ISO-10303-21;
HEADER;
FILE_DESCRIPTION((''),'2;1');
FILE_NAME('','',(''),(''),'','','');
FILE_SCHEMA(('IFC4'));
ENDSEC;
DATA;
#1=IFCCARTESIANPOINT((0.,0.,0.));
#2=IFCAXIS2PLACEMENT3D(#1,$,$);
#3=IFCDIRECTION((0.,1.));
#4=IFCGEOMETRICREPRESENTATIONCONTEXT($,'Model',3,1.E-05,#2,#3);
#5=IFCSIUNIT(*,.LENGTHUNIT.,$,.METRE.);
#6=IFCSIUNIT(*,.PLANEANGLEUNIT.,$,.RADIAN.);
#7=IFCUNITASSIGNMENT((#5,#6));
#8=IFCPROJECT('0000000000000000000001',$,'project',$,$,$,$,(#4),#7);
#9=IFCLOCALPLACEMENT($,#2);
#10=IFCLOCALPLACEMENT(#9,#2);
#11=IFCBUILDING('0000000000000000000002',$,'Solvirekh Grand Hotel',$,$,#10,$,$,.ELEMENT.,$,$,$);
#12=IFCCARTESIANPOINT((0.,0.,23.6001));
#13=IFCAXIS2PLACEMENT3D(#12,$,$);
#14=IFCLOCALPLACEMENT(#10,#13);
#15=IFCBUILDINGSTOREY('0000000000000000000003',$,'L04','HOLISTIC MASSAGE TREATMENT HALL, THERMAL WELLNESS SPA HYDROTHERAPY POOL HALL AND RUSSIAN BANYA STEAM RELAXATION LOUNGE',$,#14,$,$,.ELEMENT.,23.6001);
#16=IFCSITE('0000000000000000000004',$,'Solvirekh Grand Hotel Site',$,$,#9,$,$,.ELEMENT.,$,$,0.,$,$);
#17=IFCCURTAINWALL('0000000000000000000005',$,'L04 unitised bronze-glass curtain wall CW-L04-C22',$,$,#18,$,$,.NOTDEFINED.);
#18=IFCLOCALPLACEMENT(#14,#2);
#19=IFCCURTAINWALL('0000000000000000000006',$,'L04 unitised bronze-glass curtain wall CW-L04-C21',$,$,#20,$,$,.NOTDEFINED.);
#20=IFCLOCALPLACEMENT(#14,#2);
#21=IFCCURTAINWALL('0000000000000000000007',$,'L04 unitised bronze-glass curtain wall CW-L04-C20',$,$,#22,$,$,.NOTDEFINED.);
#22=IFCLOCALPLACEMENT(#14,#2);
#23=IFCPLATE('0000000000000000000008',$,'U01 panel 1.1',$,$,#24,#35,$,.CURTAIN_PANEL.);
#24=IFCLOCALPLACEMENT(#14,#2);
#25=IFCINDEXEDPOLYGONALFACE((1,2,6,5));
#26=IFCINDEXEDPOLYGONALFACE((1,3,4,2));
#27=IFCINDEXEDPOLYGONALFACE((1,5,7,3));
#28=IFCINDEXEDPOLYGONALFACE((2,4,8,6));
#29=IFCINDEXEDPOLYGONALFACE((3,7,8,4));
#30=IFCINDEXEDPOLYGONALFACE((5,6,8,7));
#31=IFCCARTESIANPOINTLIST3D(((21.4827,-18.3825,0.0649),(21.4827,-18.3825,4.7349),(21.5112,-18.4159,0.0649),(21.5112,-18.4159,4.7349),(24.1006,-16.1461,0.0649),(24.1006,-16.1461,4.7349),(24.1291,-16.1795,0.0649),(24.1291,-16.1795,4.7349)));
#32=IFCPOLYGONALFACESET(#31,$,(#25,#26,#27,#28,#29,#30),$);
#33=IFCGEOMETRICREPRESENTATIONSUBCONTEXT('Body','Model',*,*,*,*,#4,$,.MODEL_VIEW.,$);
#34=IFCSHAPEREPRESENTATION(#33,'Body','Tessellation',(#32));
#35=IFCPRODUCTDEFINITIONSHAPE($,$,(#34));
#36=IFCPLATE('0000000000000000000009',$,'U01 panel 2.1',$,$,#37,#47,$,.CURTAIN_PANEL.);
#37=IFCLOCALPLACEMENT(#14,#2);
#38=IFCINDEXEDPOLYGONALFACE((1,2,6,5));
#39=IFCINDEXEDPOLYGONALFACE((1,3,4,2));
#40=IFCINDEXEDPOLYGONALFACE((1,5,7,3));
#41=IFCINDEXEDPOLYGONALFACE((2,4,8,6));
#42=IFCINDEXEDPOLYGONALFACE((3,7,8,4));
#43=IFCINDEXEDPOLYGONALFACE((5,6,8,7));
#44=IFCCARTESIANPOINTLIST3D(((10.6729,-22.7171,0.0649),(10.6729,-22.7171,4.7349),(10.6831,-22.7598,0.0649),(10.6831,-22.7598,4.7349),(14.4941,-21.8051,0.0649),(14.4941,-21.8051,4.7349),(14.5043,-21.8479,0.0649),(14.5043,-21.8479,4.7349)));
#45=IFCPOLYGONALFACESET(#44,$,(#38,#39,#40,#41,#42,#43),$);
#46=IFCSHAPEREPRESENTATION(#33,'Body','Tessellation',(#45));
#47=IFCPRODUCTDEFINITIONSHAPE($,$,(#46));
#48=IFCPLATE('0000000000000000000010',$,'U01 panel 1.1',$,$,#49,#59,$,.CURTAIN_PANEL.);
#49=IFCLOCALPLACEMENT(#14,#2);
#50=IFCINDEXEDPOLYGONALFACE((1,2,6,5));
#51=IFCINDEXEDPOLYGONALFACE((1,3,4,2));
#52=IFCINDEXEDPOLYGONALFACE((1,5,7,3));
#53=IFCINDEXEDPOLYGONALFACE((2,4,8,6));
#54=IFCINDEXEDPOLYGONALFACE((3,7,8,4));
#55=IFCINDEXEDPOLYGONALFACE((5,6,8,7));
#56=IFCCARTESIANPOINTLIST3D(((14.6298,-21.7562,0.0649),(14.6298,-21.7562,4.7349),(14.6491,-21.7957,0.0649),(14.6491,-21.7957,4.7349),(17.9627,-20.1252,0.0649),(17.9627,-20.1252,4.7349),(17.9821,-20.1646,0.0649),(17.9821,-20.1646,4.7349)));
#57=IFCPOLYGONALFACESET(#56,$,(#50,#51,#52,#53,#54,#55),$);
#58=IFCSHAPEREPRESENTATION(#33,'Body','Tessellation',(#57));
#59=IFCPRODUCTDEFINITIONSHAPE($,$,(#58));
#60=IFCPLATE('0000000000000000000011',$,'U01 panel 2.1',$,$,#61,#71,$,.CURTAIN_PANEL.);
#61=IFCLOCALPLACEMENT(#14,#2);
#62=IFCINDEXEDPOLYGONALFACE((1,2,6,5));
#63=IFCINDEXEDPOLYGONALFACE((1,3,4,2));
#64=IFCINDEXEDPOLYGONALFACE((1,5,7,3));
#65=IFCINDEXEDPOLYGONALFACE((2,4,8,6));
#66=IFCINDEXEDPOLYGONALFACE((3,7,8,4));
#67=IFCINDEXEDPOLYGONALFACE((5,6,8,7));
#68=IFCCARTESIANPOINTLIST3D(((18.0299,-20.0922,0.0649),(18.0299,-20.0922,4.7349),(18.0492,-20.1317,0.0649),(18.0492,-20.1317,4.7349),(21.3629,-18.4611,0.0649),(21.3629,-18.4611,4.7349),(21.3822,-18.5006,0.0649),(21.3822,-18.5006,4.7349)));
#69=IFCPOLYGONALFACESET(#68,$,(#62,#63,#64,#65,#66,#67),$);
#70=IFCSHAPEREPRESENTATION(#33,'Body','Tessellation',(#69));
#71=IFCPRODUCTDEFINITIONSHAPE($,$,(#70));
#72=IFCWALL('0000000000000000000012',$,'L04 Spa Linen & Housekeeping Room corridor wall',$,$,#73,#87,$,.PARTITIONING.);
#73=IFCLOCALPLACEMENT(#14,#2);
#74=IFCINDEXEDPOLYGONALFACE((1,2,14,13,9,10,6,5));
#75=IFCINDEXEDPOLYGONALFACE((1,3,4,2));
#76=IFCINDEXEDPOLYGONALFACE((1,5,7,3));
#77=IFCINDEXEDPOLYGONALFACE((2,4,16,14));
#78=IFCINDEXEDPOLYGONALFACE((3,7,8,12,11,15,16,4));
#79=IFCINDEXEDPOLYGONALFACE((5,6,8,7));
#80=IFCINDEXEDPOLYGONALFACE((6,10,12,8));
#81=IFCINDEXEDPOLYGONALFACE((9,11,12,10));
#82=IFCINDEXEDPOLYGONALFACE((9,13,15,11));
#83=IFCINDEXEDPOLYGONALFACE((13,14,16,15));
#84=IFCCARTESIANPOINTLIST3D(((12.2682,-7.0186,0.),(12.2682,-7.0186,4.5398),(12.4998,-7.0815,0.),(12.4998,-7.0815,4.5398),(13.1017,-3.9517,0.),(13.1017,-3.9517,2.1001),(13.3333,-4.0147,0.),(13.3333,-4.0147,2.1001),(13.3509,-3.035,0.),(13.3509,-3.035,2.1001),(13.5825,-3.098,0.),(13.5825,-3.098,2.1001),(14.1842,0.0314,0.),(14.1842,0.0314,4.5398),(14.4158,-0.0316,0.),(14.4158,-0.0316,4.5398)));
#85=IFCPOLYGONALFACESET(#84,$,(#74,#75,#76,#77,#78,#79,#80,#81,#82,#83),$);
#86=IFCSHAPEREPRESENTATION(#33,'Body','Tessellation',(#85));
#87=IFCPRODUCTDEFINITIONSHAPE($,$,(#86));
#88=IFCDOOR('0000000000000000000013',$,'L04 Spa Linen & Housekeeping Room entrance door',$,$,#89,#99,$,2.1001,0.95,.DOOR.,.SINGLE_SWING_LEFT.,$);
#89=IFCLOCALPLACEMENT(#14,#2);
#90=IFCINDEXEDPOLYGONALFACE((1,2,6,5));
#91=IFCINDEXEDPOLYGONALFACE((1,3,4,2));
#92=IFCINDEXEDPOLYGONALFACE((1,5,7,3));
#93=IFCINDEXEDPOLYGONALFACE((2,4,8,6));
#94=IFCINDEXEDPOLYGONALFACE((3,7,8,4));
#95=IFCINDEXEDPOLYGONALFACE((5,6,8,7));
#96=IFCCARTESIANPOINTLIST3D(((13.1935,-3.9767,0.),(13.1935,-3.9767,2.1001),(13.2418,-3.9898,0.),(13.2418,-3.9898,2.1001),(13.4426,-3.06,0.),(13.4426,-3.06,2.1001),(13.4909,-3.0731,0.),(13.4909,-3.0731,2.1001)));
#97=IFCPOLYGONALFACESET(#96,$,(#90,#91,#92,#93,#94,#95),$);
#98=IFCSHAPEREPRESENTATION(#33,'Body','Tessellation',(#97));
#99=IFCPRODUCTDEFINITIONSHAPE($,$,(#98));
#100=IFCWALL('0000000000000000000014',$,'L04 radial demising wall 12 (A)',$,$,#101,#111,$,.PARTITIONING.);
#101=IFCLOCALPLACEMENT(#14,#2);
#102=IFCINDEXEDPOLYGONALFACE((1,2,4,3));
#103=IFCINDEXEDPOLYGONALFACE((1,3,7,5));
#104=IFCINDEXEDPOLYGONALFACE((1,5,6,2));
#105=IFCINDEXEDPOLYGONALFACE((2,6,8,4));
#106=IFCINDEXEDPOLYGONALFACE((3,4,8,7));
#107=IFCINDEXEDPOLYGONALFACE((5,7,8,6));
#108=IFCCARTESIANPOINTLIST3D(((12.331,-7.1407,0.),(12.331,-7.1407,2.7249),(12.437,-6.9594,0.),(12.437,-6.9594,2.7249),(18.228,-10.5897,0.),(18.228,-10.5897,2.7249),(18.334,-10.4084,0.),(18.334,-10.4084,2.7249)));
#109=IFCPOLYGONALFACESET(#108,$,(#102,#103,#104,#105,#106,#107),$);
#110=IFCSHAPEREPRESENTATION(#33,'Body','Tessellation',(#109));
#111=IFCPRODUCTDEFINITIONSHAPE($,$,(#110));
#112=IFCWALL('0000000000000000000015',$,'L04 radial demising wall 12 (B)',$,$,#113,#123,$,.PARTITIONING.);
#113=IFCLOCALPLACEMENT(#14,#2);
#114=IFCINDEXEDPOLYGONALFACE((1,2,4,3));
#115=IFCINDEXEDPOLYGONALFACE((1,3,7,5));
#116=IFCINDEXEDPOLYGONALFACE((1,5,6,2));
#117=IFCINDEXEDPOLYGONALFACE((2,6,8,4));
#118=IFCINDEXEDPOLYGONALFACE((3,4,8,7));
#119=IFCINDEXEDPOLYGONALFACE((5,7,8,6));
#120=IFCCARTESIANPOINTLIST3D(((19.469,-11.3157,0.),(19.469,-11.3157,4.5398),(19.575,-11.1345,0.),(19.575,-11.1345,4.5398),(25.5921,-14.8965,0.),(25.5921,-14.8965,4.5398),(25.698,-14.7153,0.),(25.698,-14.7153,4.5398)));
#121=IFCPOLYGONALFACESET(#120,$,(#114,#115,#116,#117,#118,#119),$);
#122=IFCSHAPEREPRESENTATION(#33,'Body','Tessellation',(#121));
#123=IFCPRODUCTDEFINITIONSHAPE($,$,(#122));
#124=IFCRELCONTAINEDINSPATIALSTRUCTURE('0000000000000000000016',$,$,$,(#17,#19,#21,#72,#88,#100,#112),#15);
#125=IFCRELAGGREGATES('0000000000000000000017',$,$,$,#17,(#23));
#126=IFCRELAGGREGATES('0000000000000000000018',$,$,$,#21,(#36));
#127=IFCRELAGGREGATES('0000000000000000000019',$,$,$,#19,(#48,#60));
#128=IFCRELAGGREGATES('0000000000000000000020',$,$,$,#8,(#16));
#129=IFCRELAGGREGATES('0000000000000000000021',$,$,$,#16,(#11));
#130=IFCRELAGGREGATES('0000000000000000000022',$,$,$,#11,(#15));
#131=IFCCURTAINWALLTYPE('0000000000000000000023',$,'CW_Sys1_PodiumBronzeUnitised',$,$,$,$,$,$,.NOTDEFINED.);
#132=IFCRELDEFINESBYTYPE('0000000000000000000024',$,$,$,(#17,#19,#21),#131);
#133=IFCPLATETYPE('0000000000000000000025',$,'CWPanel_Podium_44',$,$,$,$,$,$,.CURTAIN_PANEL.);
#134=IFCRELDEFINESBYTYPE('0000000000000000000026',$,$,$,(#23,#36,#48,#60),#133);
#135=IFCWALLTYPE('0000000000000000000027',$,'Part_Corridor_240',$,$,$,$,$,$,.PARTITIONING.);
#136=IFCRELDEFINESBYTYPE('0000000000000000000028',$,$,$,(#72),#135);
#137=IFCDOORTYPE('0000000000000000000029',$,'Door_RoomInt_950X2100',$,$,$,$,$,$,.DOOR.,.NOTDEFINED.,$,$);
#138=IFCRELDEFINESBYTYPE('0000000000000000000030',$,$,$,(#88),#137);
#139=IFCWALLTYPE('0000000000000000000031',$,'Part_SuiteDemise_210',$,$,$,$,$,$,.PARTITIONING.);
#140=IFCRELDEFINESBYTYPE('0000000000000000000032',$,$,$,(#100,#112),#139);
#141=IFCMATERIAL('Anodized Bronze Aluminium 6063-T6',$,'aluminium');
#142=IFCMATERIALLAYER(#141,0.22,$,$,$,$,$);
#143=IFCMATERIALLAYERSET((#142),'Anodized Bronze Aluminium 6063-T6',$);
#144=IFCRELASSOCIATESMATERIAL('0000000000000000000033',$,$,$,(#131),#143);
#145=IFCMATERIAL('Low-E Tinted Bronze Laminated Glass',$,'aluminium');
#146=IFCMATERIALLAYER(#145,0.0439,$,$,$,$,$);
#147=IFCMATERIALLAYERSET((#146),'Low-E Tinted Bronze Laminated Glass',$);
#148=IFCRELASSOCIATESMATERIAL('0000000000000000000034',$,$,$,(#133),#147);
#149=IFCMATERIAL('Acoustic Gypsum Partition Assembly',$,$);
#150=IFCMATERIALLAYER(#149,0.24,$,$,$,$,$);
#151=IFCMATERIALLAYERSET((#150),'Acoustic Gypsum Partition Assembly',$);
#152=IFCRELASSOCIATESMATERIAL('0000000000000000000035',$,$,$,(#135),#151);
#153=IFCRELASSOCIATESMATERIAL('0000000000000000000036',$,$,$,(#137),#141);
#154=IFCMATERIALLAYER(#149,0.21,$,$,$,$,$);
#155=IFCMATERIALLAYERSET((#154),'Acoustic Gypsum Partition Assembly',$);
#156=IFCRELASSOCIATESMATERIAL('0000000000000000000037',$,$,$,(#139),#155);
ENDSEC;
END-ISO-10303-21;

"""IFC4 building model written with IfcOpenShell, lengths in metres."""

from ifc_helpers import new_model, si_unit, direction, frame, frame_2d, origin, origin_2d, place, context, subcontext, project, spatial, rectangle, extrude, source, transform, mapped, material, layer, layer_set, type_object, element, fill, aggregate, save


model = new_model("IFC4")

# Units and contexts
model_context = context("Model", 3, precision=1e-05, world=origin(), true_north=direction((0.0, 1.0)))
body_context = subcontext(model_context, "Body", "Model", "MODEL_VIEW")
ifc_project = project(units=[si_unit("LENGTHUNIT", "METRE"), si_unit("PLANEANGLEUNIT", "RADIAN")], contexts=[model_context])

# Site, building, storey
site_placement = place(None, origin())
site = spatial("IfcSite", under=ifc_project, at=site_placement, Name="Solvirekh Grand Hotel Site", CompositionType="ELEMENT", RefElevation=0.0)
building_placement = place(site_placement, origin())
building = spatial("IfcBuilding", under=site, at=building_placement, Name="Solvirekh Grand Hotel", CompositionType="ELEMENT")
storey_placement = place(building_placement, frame((0.0, 0.0, 23.6001)))
storey = spatial("IfcBuildingStorey", under=building, at=storey_placement, Name="L04", Description="HOLISTIC MASSAGE TREATMENT HALL, THERMAL WELLNESS SPA HYDROTHERAPY POOL HALL AND RUSSIAN BANYA STEAM RELAXATION LOUNGE", CompositionType="ELEMENT", Elevation=23.6001)

# Curtain walls
ifc_material_1 = material(Name="Anodized Bronze Aluminium 6063-T6", Category="aluminium")
ifc_layer_1 = layer(ifc_material_1, 0.22)
ifc_layer_set_1 = layer_set([ifc_layer_1], Name="Anodized Bronze Aluminium 6063-T6")
curtain_wall_type = type_object("IfcCurtainWallType", Name="CW_Sys1_PodiumBronzeUnitised", PredefinedType="NOTDEFINED", material=ifc_layer_set_1)
curtain_wall_1_placement = place(storey_placement, origin())
curtain_wall_1 = element("IfcCurtainWall", 1, at=curtain_wall_1_placement, inside=storey, type_object=curtain_wall_type, Name="L04 unitised bronze-glass curtain wall CW-L04-C22", PredefinedType="NOTDEFINED")
curtain_wall_2_placement = place(storey_placement, origin())
curtain_wall_2 = element("IfcCurtainWall", 2, at=curtain_wall_2_placement, inside=storey, type_object=curtain_wall_type, Name="L04 unitised bronze-glass curtain wall CW-L04-C21", PredefinedType="NOTDEFINED")

# Curtain wall
curtain_wall_3_placement = place(storey_placement, origin())
curtain_wall_3 = element("IfcCurtainWall", 3, at=curtain_wall_3_placement, inside=storey, type_object=curtain_wall_type, Name="L04 unitised bronze-glass curtain wall CW-L04-C20", PredefinedType="NOTDEFINED")

# Plates
ifc_material_2 = material(Name="Low-E Tinted Bronze Laminated Glass", Category="aluminium")
ifc_layer_2 = layer(ifc_material_2, 0.0439)
ifc_layer_set_2 = layer_set([ifc_layer_2], Name="Low-E Tinted Bronze Laminated Glass")
plate_type = type_object("IfcPlateType", Name="CWPanel_Podium_44", PredefinedType="CURTAIN_PANEL", material=ifc_layer_set_2)
shared_shape_1 = source(origin(), body_context, "Body", "SweptSolid", [
    extrude(rectangle(XDim=3.4431, YDim=0.0439, at=origin_2d()), origin(), (0.0, 0.0, 1.0), 4.6699),
])
plate_1_placement = place(storey_placement, frame((22.8059, -17.281, 0.0649), z_axis=(0.0, 0.0, 1.0), x_axis=(0.760338, 0.649528, 0.0)))
plate_1 = element("IfcPlate", 4, at=plate_1_placement, type_object=plate_type, Name="U01 panel 1.1", PredefinedType="CURTAIN_PANEL", context=body_context, shape_type="MappedRepresentation", body=[
    mapped(shared_shape_1, transform((0.0, 0.0, 0.0), x_axis=(1.0, 0.0, 0.0), y_axis=(0.0, 1.0, 0.0), z_axis=(0.0, 0.0, 1.0), scale=1.0)),
])
aggregate(curtain_wall_1, [plate_1])
shared_shape_2 = source(origin(), body_context, "Body", "SweptSolid", [
    extrude(rectangle(XDim=3.9285, YDim=0.0439, at=origin_2d()), origin(), (0.0, 0.0, 1.0), 4.6699),
])
plate_2_placement = place(storey_placement, frame((12.5886, -22.2825, 0.0649), z_axis=(0.0, 0.0, 1.0), x_axis=(0.972685, 0.232128, 0.0)))
plate_2 = element("IfcPlate", 5, at=plate_2_placement, type_object=plate_type, Name="U01 panel 2.1", PredefinedType="CURTAIN_PANEL", context=body_context, shape_type="MappedRepresentation", body=[
    mapped(shared_shape_2, transform((0.0, 0.0, 0.0), x_axis=(1.0, 0.0, 0.0), y_axis=(0.0, 1.0, 0.0), z_axis=(0.0, 0.0, 1.0), scale=1.0)),
])
aggregate(curtain_wall_3, [plate_2])
shared_shape_3 = source(origin(), body_context, "Body", "SweptSolid", [
    extrude(rectangle(XDim=3.7107, YDim=0.0439, at=origin_2d()), origin(), (0.0, 0.0, 1.0), 4.6699),
])
plate_3_placement = place(storey_placement, frame((16.3059, -20.9604, 0.0649), z_axis=(0.0, 0.0, 1.0), x_axis=(0.898213, 0.43956, 0.0)))
plate_3 = element("IfcPlate", 6, at=plate_3_placement, type_object=plate_type, Name="U01 panel 1.1", PredefinedType="CURTAIN_PANEL", context=body_context, shape_type="MappedRepresentation", body=[
    mapped(shared_shape_3, transform((0.0, 0.0, 0.0), x_axis=(1.0, 0.0, 0.0), y_axis=(0.0, 1.0, 0.0), z_axis=(0.0, 0.0, 1.0), scale=1.0)),
])
plate_4_placement = place(storey_placement, frame((19.7061, -19.2964, 0.0649), z_axis=(0.0, 0.0, 1.0), x_axis=(0.898213, 0.43956, 0.0)))
plate_4 = element("IfcPlate", 7, at=plate_4_placement, type_object=plate_type, Name="U01 panel 2.1", PredefinedType="CURTAIN_PANEL", context=body_context, shape_type="MappedRepresentation", body=[
    mapped(shared_shape_3, transform((0.0, 0.0, 0.0), x_axis=(1.0, 0.0, 0.0), y_axis=(0.0, 1.0, 0.0), z_axis=(0.0, 0.0, 1.0), scale=1.0)),
])
aggregate(curtain_wall_2, [plate_3, plate_4])

# Wall, opening, door
ifc_material_3 = material(Name="Acoustic Gypsum Partition Assembly")
ifc_layer_3 = layer(ifc_material_3, 0.24)
ifc_layer_set_3 = layer_set([ifc_layer_3], Name="Acoustic Gypsum Partition Assembly")
wall_type_1 = type_object("IfcWallType", Name="Part_Corridor_240", PredefinedType="PARTITIONING", material=ifc_layer_set_3)
wall_1_placement = place(storey_placement, frame((12.384, -7.05, 0.0), z_axis=(0.0, 0.0, 1.0), x_axis=(0.262261, 0.964997, 0.0)))
wall_1 = element("IfcWall", 8, at=wall_1_placement, inside=storey, type_object=wall_type_1, Name="L04 Spa Linen & Housekeeping Room corridor wall", PredefinedType="PARTITIONING", context=body_context, shape_type="SweptSolid", body=[
    extrude(rectangle(XDim=7.3057, YDim=0.24, at=frame_2d((3.6528, 0.0))), origin(), (0.0, 0.0, 1.0), 4.5398),
])
opening_placement = place(wall_1_placement, frame((3.178, 0.0, 0.0)))
opening = element("IfcOpeningElement", 9, at=opening_placement, cuts=wall_1, PredefinedType="OPENING", context=body_context, shape_type="SweptSolid", body=[
    extrude(rectangle(XDim=0.95, YDim=2.1001, at=frame_2d((0.4751, 1.05))), frame((0.0, 0.1299, 0.0), z_axis=(0.0, -1.0, 0.0), x_axis=(1.0, 0.0, 0.0)), (0.0, 0.0, 1.0), 0.26),
])
door_type = type_object("IfcDoorType", Name="Door_RoomInt_950X2100", OperationType="NOTDEFINED", PredefinedType="DOOR", material=ifc_material_1)
door_placement = place(opening_placement, origin())
door = element("IfcDoor", 10, at=door_placement, inside=storey, type_object=door_type, Name="L04 Spa Linen & Housekeeping Room entrance door", OperationType="SINGLE_SWING_LEFT", OverallHeight=2.1001, OverallWidth=0.95, PredefinedType="DOOR", context=body_context, shape_type="SweptSolid", body=[
    extrude(rectangle(XDim=0.95, YDim=2.1001, at=frame_2d((0.4751, 1.05))), frame((0.0, 0.0249, 0.0), z_axis=(0.0, -1.0, 0.0), x_axis=(1.0, 0.0, 0.0)), (0.0, 0.0, 1.0), 0.05),
])
fill(opening, door)

# Walls
ifc_layer_4 = layer(ifc_material_3, 0.21)
ifc_layer_set_4 = layer_set([ifc_layer_4], Name="Acoustic Gypsum Partition Assembly")
wall_type_2 = type_object("IfcWallType", Name="Part_SuiteDemise_210", PredefinedType="PARTITIONING", material=ifc_layer_set_4)
wall_2_placement = place(storey_placement, frame((12.384, -7.05, 0.0), z_axis=(0.0, 0.0, 1.0), x_axis=(0.8632, -0.504862, 0.0)))
element("IfcWall", 11, at=wall_2_placement, inside=storey, type_object=wall_type_2, Name="L04 radial demising wall 12 (A)", PredefinedType="PARTITIONING", context=body_context, shape_type="SweptSolid", body=[
    extrude(rectangle(XDim=6.8315, YDim=0.21, at=frame_2d((3.4158, 0.0))), origin(), (0.0, 0.0, 1.0), 2.7249),
])
wall_3_placement = place(storey_placement, frame((19.522, -11.2251, 0.0), z_axis=(0.0, 0.0, 1.0), x_axis=(0.863224, -0.504821, 0.0)))
element("IfcWall", 12, at=wall_3_placement, inside=storey, type_object=wall_type_2, Name="L04 radial demising wall 12 (B)", PredefinedType="PARTITIONING", context=body_context, shape_type="SweptSolid", body=[
    extrude(rectangle(XDim=7.0933, YDim=0.21, at=frame_2d((3.5466, 0.0))), origin(), (0.0, 0.0, 1.0), 4.5398),
])

save(model, "model.ifc")
